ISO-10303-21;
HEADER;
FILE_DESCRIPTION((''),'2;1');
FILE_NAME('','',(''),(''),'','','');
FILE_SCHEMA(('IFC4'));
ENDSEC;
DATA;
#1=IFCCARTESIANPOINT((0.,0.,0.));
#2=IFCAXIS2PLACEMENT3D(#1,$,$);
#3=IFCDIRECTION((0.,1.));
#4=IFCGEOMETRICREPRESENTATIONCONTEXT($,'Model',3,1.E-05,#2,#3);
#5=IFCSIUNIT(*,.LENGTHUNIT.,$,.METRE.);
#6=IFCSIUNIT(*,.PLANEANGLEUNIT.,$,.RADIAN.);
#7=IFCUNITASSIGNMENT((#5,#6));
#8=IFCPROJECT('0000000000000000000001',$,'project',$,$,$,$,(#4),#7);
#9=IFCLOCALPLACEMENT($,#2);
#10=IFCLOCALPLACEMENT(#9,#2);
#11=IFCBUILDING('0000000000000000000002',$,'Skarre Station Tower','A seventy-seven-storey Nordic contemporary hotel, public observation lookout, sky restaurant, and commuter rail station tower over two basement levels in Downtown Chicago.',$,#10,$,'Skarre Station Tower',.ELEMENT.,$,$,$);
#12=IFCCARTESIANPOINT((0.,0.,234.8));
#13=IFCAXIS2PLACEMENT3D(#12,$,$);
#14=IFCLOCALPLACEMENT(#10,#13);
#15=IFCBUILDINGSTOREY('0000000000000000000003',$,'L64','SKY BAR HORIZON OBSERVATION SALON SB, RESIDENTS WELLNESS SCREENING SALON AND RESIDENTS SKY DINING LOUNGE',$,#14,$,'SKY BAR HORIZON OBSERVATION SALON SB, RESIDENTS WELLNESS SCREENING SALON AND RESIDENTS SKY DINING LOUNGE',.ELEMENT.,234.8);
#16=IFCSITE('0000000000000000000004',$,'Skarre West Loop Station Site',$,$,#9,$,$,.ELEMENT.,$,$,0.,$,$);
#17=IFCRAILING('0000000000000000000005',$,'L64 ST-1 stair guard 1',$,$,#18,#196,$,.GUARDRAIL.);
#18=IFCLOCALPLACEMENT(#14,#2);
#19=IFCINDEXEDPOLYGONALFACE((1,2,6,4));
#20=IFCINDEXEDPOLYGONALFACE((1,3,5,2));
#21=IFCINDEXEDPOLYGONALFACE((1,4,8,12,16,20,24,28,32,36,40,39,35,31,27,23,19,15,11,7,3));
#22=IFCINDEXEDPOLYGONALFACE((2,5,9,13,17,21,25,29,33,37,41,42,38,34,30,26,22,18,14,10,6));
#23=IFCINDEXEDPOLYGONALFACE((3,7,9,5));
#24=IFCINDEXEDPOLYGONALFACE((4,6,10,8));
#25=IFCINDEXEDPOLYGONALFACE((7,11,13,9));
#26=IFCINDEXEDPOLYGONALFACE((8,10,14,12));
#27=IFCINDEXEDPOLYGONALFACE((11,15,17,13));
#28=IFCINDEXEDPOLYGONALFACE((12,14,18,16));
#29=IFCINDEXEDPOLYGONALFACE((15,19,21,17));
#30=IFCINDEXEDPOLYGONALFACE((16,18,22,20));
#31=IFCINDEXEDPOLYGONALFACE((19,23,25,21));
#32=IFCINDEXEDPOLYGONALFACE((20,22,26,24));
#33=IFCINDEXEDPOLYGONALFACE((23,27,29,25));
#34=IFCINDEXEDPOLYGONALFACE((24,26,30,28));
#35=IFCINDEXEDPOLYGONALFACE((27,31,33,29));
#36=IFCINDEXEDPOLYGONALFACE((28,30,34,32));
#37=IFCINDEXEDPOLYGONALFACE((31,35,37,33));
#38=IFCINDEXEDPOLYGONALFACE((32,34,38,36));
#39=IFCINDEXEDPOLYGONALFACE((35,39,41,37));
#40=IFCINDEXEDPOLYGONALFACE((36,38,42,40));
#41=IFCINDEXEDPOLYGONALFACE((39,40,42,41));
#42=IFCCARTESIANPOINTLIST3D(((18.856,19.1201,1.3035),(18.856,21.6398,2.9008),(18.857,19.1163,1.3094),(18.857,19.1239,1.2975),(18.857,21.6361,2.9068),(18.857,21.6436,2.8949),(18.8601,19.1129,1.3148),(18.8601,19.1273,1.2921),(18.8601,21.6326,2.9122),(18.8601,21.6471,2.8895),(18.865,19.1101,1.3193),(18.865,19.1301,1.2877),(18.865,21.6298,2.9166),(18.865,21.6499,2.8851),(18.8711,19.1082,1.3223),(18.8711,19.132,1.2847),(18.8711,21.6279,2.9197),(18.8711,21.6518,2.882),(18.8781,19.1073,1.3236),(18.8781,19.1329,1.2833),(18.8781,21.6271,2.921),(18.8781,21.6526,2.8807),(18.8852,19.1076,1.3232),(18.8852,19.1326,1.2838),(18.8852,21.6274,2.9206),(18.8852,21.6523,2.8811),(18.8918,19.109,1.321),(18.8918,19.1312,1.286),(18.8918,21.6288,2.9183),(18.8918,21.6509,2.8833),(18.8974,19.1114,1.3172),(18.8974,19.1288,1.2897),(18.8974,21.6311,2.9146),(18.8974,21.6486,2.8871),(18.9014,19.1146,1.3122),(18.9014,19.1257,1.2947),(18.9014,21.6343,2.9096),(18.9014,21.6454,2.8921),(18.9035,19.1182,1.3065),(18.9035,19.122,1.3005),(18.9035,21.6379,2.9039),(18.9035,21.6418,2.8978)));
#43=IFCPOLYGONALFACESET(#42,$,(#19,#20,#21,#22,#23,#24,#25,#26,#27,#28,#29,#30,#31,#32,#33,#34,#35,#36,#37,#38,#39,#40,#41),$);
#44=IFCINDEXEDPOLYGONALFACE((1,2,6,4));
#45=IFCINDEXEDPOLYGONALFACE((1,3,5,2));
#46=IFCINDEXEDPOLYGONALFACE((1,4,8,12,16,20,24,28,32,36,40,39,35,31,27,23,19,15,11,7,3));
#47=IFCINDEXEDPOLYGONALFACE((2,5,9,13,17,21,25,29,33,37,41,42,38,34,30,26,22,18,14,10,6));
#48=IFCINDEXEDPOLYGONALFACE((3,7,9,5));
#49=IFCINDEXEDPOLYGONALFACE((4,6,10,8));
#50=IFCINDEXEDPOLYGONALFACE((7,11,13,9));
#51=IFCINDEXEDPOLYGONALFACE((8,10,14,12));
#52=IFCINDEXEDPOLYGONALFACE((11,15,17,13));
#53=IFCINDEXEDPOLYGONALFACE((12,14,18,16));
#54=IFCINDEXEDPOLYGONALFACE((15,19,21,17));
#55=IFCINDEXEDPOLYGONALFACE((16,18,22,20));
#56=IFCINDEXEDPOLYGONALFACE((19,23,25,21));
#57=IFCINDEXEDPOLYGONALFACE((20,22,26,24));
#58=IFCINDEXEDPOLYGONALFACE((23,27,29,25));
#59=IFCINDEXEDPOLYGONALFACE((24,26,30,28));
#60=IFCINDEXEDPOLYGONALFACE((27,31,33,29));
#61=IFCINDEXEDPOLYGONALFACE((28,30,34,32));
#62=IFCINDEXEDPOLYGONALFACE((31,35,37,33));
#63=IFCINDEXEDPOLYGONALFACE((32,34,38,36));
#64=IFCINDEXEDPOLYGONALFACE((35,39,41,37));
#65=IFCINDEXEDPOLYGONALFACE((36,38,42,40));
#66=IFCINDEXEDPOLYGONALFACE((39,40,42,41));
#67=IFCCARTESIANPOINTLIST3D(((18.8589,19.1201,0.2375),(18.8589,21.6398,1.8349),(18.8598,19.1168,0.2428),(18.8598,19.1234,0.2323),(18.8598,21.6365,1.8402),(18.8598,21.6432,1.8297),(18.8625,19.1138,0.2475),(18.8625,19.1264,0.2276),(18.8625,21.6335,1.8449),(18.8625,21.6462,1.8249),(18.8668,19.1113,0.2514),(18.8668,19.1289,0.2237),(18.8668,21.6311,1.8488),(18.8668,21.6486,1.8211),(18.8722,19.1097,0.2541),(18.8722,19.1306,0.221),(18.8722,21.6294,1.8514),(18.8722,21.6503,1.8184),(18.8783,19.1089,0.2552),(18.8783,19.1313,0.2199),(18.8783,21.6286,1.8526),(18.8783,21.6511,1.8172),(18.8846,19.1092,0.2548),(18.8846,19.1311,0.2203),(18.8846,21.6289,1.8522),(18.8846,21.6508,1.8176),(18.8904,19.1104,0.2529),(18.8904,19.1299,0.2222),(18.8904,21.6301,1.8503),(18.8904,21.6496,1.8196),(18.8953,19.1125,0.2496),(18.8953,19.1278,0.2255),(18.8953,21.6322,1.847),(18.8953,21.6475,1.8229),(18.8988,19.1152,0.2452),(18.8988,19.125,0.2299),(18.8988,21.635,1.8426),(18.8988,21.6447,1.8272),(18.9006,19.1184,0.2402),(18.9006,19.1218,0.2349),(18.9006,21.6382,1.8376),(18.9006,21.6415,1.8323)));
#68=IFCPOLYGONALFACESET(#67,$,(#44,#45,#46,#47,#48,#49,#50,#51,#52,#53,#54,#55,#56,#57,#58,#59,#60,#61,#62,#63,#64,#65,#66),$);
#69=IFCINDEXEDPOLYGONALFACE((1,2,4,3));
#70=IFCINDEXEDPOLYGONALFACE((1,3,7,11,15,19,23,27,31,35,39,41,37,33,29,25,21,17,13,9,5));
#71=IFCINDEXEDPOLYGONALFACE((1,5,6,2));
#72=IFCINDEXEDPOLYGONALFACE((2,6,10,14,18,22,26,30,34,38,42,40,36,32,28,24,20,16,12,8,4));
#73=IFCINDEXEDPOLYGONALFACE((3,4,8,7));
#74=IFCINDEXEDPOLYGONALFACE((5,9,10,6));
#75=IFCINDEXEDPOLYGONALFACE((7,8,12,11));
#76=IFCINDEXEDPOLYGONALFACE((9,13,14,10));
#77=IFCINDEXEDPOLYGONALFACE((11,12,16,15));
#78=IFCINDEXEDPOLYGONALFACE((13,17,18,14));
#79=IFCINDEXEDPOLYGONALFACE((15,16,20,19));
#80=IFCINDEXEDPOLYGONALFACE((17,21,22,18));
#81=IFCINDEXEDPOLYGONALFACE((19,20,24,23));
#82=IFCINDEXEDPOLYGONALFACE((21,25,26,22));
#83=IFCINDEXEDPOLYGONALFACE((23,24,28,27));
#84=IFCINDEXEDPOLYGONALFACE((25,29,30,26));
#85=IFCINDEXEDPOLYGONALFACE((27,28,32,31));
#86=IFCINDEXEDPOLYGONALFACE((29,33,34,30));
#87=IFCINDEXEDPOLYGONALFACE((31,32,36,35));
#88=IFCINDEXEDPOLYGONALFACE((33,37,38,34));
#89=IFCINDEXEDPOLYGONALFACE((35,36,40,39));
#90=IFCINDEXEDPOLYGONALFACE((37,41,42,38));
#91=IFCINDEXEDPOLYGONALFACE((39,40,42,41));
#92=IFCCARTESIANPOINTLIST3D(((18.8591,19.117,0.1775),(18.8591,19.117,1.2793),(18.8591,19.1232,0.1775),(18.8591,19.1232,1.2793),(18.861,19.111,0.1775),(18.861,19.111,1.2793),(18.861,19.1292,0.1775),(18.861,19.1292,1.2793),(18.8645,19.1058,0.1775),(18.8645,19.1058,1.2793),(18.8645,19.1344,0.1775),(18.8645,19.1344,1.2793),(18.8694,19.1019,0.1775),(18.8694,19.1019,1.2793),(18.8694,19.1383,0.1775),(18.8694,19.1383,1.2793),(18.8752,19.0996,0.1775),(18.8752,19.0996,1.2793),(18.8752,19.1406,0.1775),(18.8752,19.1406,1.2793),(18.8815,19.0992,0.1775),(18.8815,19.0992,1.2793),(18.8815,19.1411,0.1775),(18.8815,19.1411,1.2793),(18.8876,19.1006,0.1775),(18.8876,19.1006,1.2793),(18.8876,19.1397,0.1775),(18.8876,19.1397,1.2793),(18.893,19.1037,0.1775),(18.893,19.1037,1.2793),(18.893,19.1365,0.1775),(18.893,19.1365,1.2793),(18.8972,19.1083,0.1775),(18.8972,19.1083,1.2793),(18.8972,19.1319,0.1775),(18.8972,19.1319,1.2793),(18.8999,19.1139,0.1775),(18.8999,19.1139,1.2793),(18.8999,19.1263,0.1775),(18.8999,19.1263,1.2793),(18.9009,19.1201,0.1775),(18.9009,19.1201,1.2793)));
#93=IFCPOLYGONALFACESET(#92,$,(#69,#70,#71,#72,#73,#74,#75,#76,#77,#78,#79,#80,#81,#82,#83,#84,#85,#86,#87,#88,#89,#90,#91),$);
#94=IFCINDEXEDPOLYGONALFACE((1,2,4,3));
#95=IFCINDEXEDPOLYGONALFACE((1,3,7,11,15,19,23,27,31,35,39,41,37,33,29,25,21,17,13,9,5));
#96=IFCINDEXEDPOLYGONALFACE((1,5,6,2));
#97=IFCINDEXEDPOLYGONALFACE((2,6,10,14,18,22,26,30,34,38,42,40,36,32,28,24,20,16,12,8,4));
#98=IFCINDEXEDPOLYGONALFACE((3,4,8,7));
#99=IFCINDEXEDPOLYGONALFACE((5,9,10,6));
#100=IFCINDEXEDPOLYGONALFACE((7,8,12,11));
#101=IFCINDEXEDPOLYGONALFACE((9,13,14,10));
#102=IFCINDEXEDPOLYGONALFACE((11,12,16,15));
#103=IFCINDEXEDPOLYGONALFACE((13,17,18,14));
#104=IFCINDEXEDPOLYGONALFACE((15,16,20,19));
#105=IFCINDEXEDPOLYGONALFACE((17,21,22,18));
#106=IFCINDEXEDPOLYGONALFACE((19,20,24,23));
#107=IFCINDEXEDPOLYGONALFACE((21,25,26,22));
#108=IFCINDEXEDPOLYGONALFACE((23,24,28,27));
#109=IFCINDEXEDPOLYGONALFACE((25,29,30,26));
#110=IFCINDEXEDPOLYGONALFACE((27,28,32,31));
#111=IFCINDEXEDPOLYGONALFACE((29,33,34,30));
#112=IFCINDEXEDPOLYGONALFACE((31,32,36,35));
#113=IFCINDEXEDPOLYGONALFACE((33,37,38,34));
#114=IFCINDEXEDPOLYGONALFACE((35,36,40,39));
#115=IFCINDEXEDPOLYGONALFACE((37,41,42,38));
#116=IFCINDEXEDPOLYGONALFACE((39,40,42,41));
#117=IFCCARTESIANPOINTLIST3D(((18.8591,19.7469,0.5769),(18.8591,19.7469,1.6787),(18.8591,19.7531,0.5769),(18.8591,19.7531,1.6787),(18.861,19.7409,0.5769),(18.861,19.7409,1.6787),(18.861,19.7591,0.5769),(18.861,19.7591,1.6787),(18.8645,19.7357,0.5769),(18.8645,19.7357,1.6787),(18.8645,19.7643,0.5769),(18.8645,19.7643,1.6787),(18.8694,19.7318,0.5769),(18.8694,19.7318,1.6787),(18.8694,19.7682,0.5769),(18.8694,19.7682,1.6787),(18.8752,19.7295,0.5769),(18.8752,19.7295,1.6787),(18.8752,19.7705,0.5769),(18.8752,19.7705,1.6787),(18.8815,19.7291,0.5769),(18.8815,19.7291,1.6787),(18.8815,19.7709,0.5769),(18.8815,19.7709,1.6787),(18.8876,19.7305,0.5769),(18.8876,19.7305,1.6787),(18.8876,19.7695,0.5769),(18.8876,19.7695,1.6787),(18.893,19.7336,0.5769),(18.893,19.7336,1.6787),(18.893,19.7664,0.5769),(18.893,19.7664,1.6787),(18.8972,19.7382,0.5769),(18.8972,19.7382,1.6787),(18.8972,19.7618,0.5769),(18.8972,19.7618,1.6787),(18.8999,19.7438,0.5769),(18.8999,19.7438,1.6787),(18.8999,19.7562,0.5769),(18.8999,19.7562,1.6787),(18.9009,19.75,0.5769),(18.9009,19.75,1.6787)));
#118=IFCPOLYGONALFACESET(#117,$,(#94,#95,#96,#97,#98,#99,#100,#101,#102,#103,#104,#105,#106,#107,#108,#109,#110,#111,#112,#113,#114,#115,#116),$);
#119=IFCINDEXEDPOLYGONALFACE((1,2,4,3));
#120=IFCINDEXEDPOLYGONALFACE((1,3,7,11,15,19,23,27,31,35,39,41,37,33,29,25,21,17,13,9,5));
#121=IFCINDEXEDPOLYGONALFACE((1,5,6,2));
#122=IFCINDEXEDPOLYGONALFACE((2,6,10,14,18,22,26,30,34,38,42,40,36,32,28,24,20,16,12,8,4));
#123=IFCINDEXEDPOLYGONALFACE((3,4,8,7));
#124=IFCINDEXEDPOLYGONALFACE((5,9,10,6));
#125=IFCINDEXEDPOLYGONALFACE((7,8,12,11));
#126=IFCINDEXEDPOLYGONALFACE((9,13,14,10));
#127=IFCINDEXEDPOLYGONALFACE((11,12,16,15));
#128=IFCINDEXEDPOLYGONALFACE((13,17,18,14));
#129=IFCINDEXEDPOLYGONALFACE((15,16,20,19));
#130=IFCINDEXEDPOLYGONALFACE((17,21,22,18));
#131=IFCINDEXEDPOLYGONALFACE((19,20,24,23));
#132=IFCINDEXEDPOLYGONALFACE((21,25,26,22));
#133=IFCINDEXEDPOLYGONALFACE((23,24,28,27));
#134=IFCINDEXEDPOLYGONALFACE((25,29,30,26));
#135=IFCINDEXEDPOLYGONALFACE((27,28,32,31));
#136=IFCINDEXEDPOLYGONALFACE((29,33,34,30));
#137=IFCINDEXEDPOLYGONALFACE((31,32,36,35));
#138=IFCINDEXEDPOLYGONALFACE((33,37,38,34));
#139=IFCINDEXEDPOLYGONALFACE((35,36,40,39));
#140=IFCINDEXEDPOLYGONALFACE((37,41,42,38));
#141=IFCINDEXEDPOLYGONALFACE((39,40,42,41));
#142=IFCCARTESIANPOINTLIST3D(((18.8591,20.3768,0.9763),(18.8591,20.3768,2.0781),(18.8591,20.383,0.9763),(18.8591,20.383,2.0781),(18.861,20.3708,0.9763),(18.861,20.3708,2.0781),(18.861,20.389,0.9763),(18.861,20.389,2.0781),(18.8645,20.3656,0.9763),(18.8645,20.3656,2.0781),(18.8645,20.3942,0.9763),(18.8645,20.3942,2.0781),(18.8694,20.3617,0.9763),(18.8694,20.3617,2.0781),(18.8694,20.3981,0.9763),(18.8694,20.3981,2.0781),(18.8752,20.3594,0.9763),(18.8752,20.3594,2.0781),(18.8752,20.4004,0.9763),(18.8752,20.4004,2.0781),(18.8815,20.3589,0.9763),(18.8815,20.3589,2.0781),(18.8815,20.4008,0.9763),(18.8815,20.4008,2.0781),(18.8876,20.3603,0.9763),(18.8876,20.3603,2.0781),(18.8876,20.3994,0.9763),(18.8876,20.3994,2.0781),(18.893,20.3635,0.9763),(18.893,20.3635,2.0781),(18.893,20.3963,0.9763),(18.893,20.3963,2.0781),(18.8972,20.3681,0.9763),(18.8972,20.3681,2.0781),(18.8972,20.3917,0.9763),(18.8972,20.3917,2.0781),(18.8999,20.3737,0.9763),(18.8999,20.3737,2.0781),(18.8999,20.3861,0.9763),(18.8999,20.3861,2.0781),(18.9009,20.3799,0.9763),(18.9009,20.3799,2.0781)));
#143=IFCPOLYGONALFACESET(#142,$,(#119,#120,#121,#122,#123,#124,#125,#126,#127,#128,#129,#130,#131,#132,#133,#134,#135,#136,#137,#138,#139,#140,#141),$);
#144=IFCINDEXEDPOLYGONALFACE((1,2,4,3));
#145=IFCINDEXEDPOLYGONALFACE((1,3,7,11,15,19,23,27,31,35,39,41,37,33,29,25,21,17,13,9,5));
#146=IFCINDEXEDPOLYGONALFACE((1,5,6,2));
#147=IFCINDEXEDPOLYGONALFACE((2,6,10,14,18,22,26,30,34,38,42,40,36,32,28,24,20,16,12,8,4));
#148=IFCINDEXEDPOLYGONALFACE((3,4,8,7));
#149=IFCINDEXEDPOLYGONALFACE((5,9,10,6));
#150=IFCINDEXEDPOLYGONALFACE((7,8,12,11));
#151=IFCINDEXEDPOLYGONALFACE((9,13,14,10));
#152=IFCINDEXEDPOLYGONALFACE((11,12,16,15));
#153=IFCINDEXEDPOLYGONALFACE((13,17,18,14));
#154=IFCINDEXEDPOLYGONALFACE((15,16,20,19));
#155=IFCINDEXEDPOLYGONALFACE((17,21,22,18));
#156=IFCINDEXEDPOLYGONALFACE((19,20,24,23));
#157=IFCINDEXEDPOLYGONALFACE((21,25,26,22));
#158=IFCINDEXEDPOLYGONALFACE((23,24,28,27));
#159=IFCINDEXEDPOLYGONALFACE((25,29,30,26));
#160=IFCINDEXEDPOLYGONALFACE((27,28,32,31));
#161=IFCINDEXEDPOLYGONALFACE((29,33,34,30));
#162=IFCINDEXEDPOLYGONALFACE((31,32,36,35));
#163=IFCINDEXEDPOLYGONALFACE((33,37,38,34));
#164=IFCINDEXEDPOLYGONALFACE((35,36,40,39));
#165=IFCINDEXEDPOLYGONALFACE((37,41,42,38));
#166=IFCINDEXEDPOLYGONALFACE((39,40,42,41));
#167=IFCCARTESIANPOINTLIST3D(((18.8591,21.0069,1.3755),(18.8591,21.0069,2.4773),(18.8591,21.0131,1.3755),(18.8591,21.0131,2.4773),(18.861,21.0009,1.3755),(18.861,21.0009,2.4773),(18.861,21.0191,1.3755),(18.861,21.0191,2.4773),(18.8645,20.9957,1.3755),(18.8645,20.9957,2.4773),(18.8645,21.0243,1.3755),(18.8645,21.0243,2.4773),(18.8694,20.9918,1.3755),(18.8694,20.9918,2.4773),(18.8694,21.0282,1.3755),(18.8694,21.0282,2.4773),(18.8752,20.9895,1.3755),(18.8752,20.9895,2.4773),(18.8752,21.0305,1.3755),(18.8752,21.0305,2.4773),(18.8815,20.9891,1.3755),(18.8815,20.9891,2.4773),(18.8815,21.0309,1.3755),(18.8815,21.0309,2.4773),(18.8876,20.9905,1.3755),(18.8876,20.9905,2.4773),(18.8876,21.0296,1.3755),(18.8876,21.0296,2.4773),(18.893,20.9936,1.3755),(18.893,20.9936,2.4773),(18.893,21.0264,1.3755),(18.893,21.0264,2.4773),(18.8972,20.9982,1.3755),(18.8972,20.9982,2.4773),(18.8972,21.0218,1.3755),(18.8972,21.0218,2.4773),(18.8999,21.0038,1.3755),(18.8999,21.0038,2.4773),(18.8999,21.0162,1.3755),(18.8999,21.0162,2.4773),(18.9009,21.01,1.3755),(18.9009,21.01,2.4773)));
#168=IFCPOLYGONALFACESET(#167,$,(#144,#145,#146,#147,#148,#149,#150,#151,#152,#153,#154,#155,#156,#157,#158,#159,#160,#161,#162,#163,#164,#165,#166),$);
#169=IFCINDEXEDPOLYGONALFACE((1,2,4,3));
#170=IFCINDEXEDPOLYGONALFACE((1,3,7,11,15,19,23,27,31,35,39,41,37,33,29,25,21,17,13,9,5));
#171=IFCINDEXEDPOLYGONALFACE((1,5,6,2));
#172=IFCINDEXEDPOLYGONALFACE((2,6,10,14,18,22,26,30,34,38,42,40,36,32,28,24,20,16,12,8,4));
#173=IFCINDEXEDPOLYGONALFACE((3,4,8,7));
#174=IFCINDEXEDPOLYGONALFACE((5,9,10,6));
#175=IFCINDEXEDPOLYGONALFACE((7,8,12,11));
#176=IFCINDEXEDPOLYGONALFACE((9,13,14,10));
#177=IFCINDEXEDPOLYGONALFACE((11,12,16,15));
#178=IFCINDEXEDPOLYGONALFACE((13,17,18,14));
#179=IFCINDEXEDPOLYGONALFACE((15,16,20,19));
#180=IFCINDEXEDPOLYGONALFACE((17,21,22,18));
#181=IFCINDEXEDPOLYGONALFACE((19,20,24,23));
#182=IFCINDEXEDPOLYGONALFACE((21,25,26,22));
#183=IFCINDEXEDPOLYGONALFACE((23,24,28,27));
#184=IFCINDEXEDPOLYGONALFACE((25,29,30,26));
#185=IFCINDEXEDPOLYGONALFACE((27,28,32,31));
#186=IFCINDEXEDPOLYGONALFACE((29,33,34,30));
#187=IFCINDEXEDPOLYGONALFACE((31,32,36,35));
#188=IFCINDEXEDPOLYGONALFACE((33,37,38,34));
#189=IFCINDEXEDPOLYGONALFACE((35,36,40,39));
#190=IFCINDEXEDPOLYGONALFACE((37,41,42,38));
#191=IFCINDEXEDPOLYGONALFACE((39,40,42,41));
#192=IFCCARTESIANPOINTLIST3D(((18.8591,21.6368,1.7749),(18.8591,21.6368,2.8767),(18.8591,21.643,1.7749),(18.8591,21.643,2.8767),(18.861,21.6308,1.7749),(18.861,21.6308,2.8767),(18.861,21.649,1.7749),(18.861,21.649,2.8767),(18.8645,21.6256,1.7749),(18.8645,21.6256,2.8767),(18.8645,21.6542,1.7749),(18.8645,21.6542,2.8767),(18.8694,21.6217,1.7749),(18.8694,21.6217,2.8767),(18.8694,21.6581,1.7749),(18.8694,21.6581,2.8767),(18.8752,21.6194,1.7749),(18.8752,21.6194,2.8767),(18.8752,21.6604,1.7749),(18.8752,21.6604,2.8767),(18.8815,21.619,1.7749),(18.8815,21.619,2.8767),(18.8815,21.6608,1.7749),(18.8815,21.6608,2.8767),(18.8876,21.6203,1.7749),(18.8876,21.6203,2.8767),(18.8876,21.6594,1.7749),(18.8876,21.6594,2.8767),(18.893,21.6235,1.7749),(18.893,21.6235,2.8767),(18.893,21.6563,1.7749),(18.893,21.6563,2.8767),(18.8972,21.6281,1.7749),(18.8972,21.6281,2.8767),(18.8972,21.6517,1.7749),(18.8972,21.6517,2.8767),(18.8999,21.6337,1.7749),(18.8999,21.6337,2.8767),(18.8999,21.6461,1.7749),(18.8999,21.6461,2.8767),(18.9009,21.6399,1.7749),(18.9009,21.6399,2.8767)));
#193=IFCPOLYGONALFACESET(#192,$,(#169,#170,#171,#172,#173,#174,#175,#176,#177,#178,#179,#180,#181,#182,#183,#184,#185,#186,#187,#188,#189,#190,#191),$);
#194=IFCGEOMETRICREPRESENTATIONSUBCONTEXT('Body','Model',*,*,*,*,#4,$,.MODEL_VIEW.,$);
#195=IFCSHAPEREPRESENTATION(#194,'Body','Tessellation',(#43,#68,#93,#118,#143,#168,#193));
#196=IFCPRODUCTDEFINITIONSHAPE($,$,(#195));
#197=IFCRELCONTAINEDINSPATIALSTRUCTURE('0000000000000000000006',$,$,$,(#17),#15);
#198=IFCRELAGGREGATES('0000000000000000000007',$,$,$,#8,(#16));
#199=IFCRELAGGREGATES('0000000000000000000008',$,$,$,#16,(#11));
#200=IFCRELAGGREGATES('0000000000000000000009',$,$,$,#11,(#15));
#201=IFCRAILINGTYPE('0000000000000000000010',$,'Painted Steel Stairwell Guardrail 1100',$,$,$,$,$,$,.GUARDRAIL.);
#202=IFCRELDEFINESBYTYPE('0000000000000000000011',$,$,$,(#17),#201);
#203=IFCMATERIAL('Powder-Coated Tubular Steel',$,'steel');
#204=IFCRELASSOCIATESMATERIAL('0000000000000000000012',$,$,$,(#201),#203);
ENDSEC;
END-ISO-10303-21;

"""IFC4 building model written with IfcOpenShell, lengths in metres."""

from ifc_helpers import new_model, si_unit, direction, frame, origin, origin_2d, place, context, subcontext, project, spatial, circle, extrude, material, type_object, element, save


model = new_model("IFC4")

# Units and contexts
model_context = context("Model", 3, precision=1e-05, world=origin(), true_north=direction((0.0, 1.0)))
body_context = subcontext(model_context, "Body", "Model", "MODEL_VIEW")
ifc_project = project(units=[si_unit("LENGTHUNIT", "METRE"), si_unit("PLANEANGLEUNIT", "RADIAN")], contexts=[model_context])

# Site, building, storey
site_placement = place(None, origin())
site = spatial("IfcSite", under=ifc_project, at=site_placement, Name="Skarre West Loop Station Site", CompositionType="ELEMENT", RefElevation=0.0)
building_placement = place(site_placement, origin())
building = spatial("IfcBuilding", under=site, at=building_placement, Name="Skarre Station Tower", Description="A seventy-seven-storey Nordic contemporary hotel, public observation lookout, sky restaurant, and commuter rail station tower over two basement levels in Downtown Chicago.", LongName="Skarre Station Tower", CompositionType="ELEMENT")
storey_placement = place(building_placement, frame((0.0, 0.0, 234.8)))
storey = spatial("IfcBuildingStorey", under=building, at=storey_placement, Name="L64", Description="SKY BAR HORIZON OBSERVATION SALON SB, RESIDENTS WELLNESS SCREENING SALON AND RESIDENTS SKY DINING LOUNGE", LongName="SKY BAR HORIZON OBSERVATION SALON SB, RESIDENTS WELLNESS SCREENING SALON AND RESIDENTS SKY DINING LOUNGE", CompositionType="ELEMENT", Elevation=234.8)

# Railing
ifc_material_1 = material(Name="Powder-Coated Tubular Steel", Category="steel")
railing_type_1 = type_object("IfcRailingType", Name="Painted Steel Stairwell Guardrail 1100", PredefinedType="GUARDRAIL", material=ifc_material_1)
railing_1_placement = place(storey_placement, frame((18.8799, 19.1201, 0.1775)))
element("IfcRailing", 1, at=railing_1_placement, inside=storey, type_object=railing_type_1, Name="L64 ST-1 stair guard 1", PredefinedType="GUARDRAIL", context=body_context, shape_type="SweptSolid", body=[
    extrude(circle(Radius=0.0239, at=origin_2d()), frame((0.0, 0.0, 1.126), z_axis=(0.0, 0.844583, 0.535424), x_axis=(-1.0, 0.0, 0.0)), (0.0, 0.0, 1.0), 2.9834),
    extrude(circle(Radius=0.021, at=origin_2d()), frame((0.0, 0.0, 0.0601), z_axis=(0.0, 0.844583, 0.535424), x_axis=(-1.0, 0.0, 0.0)), (0.0, 0.0, 1.0), 2.9834),
    extrude(circle(Radius=0.021, at=origin_2d()), origin(), (0.0, 0.0, 1.0), 1.1018),
    extrude(circle(Radius=0.021, at=origin_2d()), frame((0.0, 0.6299, 0.3994)), (0.0, 0.0, 1.0), 1.1018),
    extrude(circle(Radius=0.021, at=origin_2d()), frame((0.0, 1.2598, 0.7988)), (0.0, 0.0, 1.0), 1.1018),
    extrude(circle(Radius=0.021, at=origin_2d()), frame((0.0, 1.8899, 1.198)), (0.0, 0.0, 1.0), 1.1018),
    extrude(circle(Radius=0.021, at=origin_2d()), frame((0.0, 2.5198, 1.5974)), (0.0, 0.0, 1.0), 1.1018),
])

save(model, "model.ifc")
